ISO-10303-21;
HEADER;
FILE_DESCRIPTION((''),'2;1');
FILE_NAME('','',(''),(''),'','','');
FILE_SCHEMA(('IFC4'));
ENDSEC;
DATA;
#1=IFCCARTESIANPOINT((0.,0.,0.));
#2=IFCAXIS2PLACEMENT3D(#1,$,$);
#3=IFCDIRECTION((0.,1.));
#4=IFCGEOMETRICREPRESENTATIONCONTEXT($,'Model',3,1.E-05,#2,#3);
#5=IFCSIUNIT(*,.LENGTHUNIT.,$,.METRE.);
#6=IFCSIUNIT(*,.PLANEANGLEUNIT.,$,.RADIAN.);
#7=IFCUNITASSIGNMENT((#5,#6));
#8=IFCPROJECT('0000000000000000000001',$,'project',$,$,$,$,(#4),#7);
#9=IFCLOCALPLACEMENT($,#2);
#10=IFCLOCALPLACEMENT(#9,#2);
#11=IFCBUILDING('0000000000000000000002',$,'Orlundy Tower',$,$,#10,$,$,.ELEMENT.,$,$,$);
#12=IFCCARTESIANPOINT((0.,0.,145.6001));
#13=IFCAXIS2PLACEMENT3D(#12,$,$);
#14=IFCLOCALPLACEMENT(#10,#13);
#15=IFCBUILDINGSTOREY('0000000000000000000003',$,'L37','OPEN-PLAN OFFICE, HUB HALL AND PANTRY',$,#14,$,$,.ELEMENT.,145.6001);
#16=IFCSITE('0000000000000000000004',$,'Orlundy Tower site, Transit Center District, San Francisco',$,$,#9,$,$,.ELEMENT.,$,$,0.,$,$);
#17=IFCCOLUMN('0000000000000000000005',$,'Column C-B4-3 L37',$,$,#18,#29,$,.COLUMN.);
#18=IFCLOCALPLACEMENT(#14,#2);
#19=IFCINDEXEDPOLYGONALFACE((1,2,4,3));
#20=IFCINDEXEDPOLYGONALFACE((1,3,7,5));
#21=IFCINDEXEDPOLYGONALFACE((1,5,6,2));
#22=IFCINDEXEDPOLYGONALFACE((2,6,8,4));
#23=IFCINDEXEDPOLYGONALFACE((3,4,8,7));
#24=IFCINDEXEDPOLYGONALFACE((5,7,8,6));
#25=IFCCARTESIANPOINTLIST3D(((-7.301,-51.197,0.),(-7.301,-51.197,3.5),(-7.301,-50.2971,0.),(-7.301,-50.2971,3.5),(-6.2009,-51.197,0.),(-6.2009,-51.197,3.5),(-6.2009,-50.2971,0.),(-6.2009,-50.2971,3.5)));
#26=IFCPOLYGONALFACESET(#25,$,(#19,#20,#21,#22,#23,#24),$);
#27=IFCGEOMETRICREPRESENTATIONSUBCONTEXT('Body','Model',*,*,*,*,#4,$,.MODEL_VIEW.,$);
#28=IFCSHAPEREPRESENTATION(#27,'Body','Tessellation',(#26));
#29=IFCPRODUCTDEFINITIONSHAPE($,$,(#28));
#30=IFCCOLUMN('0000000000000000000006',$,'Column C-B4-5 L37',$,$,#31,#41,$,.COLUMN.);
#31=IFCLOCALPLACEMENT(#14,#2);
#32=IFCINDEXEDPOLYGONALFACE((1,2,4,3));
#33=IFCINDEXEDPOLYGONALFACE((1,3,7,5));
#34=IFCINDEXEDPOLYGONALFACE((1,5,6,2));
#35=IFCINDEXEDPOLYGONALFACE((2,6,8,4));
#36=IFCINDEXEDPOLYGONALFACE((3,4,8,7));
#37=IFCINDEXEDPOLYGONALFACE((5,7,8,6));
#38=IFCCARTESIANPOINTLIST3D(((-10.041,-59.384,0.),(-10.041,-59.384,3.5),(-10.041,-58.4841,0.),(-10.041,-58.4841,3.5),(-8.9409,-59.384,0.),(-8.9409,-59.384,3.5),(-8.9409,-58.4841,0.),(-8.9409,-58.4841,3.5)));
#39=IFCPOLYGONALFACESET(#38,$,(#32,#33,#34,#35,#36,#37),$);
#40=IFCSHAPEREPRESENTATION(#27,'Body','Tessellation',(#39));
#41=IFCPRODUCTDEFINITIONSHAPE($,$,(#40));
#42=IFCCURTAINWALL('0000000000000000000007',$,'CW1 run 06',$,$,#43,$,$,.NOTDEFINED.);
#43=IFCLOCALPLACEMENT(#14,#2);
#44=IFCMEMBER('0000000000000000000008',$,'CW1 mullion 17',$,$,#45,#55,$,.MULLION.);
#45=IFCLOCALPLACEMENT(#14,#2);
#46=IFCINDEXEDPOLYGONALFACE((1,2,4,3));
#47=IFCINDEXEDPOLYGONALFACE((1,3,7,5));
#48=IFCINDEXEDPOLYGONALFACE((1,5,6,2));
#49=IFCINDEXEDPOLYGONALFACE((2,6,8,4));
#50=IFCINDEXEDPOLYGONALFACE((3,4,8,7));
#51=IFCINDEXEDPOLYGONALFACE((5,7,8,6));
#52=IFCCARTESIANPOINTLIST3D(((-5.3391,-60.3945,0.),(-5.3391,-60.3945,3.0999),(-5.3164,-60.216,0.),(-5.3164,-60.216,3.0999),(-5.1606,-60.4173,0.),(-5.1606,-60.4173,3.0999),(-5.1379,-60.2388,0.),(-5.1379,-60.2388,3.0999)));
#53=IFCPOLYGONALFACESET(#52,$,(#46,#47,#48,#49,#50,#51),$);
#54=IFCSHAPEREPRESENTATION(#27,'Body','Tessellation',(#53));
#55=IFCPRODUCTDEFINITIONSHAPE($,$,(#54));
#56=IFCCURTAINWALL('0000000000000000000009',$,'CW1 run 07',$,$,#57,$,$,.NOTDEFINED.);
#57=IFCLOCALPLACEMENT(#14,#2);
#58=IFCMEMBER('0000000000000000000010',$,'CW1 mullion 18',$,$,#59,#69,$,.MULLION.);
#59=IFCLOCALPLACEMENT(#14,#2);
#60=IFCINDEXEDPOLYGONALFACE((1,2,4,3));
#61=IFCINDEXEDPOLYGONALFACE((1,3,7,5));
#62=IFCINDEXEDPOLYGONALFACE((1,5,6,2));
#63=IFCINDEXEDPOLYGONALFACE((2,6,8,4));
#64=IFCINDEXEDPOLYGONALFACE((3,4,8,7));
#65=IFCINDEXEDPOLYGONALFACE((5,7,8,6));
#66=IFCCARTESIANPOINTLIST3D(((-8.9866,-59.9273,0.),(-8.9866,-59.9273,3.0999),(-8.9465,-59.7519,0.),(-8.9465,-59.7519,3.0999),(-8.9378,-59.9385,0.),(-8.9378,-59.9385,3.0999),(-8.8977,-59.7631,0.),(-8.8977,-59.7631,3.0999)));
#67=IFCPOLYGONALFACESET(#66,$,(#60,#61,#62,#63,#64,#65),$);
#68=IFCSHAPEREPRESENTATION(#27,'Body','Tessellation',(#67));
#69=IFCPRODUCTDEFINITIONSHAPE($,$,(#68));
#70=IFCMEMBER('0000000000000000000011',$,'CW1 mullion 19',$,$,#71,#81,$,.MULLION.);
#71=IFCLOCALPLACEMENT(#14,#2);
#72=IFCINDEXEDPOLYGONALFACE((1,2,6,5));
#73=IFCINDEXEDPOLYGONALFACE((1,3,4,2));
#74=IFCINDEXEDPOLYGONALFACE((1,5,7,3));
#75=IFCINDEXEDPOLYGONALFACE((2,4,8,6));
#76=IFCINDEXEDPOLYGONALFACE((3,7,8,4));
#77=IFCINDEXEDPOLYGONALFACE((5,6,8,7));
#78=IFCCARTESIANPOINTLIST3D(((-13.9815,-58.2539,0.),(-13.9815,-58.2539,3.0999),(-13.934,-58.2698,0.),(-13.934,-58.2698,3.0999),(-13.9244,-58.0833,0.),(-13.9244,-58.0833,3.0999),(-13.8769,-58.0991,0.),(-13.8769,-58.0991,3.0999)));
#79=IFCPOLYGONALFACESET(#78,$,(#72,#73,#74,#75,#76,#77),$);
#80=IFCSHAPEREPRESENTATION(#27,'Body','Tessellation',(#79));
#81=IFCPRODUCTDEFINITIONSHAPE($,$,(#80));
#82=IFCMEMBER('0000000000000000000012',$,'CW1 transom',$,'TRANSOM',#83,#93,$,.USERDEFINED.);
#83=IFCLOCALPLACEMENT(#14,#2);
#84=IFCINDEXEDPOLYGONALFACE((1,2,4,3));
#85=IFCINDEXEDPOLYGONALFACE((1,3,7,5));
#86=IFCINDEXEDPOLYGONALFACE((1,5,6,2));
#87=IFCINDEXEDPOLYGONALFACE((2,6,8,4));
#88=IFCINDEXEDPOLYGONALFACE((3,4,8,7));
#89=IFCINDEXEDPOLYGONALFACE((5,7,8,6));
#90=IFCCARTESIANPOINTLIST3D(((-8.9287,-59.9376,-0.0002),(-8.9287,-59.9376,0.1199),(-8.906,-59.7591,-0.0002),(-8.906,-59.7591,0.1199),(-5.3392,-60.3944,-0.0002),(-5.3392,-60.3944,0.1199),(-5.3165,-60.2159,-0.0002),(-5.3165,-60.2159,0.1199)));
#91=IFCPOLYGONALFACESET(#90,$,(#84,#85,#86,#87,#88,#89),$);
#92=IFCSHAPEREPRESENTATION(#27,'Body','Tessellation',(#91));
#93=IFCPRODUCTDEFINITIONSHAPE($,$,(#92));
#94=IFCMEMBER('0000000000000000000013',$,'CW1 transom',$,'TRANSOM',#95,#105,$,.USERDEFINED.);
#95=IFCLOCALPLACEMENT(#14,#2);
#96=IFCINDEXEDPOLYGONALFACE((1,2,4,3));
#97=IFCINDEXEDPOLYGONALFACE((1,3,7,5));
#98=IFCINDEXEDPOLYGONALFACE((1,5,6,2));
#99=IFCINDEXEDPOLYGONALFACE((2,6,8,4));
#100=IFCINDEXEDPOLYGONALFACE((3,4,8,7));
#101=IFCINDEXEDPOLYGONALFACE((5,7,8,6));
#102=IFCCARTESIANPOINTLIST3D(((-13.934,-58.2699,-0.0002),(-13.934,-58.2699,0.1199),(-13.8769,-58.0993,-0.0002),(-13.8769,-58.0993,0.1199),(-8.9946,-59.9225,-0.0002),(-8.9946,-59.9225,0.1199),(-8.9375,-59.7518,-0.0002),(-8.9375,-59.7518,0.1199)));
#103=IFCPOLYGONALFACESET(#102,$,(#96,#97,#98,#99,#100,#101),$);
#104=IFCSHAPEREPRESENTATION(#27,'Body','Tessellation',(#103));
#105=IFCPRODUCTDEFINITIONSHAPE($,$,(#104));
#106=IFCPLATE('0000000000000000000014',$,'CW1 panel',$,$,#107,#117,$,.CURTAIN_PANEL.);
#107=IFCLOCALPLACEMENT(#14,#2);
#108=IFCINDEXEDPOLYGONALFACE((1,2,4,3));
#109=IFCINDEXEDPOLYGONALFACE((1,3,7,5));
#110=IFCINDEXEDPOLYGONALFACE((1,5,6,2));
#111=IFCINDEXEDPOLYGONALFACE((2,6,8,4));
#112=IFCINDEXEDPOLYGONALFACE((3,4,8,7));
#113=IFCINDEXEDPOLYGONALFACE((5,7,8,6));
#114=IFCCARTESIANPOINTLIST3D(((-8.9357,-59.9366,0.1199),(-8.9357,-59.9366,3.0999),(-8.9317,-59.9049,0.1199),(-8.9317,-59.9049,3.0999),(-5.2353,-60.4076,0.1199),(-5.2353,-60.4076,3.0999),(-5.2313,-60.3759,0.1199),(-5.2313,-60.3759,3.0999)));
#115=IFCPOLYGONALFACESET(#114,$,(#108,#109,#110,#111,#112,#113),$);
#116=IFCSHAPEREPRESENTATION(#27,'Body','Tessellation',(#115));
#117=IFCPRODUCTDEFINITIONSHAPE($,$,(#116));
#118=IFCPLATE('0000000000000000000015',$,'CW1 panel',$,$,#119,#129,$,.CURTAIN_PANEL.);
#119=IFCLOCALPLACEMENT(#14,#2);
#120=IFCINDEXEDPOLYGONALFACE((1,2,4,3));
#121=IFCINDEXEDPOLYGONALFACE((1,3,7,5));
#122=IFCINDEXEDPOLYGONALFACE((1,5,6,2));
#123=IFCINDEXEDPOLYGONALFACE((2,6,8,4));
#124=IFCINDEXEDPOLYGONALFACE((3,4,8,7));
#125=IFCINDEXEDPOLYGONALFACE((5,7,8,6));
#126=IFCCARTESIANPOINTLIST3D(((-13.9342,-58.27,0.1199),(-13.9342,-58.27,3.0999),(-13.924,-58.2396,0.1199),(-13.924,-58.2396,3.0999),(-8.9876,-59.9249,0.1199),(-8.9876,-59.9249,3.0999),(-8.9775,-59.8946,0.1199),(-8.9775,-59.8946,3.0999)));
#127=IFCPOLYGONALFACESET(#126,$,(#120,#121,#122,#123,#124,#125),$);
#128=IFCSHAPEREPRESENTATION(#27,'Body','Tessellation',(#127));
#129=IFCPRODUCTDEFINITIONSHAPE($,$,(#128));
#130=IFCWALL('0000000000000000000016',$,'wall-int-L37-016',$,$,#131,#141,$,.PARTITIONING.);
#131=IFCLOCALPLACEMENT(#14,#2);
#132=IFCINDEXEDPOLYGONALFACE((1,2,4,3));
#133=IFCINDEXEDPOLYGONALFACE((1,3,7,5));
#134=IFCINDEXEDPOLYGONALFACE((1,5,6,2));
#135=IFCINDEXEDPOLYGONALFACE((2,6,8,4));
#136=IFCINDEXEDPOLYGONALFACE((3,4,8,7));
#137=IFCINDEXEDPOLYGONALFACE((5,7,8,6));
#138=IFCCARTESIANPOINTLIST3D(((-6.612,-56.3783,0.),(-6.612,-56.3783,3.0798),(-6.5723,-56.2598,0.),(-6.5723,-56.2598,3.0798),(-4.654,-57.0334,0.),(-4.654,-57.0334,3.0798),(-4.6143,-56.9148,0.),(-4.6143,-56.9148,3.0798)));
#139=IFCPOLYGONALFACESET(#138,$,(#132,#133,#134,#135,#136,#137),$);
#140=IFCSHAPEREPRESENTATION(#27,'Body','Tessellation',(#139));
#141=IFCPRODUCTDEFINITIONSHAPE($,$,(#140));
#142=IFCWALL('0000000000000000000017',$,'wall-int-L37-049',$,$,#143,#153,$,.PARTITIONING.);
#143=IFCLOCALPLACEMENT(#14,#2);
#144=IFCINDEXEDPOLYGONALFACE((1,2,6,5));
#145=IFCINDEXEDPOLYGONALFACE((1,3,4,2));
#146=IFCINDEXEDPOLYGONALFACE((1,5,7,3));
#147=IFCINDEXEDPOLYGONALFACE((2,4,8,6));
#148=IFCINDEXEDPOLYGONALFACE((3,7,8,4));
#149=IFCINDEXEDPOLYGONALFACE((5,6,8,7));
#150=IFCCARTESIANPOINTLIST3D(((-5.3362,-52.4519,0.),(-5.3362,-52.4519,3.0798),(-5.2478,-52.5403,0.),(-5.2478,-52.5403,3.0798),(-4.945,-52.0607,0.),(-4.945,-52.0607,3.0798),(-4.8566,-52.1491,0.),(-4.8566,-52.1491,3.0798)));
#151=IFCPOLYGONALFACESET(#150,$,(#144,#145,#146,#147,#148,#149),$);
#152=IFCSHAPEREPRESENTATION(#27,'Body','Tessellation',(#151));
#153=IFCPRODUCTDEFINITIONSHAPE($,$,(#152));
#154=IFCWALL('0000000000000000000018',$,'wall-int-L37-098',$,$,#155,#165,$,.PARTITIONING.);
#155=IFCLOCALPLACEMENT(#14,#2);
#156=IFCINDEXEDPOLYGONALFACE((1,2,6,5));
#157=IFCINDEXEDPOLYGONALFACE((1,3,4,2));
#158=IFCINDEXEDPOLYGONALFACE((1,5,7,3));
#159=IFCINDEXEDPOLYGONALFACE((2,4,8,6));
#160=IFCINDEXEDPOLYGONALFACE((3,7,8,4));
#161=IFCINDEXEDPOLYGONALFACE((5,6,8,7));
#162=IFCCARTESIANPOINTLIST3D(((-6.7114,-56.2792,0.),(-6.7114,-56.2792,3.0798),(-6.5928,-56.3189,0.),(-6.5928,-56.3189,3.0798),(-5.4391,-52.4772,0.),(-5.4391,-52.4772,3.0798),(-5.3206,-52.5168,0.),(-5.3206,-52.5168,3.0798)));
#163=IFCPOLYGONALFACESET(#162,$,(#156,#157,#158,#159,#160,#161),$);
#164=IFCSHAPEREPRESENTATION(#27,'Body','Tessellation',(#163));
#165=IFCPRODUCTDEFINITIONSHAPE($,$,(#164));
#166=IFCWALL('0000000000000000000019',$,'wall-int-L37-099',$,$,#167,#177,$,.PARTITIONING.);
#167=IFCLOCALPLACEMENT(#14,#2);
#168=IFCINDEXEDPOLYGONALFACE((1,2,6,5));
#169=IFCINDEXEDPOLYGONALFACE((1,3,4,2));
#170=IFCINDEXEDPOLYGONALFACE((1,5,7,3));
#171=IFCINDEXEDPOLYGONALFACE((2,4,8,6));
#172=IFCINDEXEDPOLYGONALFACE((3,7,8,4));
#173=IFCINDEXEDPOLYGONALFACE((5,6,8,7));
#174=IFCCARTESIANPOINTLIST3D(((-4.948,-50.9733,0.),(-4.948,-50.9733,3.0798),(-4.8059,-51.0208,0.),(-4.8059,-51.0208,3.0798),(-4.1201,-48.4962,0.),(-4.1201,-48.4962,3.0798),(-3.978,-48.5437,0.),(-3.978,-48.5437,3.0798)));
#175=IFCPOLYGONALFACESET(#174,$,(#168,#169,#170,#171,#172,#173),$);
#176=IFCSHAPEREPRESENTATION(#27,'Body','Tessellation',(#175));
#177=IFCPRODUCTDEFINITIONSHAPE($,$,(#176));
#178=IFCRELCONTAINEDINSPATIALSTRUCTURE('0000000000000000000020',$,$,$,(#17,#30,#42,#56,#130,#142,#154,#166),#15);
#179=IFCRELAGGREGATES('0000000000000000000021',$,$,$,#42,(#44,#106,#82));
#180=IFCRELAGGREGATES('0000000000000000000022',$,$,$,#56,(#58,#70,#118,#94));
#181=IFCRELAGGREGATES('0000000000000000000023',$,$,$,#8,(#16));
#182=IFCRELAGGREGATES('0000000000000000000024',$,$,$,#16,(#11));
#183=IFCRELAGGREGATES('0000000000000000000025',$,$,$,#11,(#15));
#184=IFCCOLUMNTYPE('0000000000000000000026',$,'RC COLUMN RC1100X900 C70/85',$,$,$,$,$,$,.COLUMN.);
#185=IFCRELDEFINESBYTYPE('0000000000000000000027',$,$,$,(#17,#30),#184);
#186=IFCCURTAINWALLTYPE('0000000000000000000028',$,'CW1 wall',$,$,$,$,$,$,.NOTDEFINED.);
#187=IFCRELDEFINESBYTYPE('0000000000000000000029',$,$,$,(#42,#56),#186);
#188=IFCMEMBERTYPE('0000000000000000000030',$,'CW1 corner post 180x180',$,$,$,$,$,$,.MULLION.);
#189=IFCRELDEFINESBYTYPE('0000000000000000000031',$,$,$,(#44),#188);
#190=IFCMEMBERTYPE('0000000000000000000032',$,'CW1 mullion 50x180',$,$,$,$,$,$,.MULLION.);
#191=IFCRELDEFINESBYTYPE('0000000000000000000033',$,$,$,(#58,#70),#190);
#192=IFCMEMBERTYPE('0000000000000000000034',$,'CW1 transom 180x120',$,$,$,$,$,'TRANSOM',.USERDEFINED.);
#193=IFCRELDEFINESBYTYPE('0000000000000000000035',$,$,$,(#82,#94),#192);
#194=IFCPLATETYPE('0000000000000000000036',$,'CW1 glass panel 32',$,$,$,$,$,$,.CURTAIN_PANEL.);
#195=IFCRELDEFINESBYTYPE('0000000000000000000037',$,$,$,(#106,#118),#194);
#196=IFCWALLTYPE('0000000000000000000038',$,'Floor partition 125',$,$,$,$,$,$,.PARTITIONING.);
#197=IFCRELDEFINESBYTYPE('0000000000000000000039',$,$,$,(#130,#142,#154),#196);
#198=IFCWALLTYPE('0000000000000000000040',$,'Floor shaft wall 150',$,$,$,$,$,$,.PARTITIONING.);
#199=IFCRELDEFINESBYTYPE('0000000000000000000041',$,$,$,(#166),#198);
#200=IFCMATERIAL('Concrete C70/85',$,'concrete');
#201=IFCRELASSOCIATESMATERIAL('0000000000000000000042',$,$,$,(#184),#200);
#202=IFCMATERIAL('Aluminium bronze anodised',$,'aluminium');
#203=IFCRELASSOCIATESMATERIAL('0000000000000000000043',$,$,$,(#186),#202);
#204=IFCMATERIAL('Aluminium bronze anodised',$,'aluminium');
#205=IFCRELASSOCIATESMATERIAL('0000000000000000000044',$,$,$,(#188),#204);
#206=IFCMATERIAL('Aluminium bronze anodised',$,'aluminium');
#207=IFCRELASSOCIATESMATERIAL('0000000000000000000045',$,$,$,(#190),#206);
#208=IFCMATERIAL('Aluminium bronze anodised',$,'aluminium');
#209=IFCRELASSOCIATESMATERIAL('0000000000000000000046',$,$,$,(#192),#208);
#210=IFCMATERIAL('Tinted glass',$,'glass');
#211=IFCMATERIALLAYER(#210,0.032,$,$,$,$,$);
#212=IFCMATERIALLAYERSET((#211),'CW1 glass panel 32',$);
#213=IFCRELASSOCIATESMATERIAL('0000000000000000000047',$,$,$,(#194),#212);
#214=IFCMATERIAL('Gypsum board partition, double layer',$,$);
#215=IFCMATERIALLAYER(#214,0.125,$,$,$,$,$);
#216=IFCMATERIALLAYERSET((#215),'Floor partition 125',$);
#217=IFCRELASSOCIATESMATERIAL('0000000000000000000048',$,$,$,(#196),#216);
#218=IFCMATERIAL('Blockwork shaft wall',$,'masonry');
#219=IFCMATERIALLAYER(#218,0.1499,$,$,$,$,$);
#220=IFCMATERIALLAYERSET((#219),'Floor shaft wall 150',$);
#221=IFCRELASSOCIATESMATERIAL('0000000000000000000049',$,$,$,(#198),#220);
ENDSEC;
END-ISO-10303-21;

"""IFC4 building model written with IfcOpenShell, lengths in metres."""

from ifc_helpers import new_model, si_unit, direction, frame, frame_2d, origin, origin_2d, place, context, subcontext, project, spatial, rectangle, extrude, material, layer, layer_set, material_profile, profile_set, type_object, element, aggregate, save


model = new_model("IFC4")

# Units and contexts
model_context = context("Model", 3, precision=1e-05, world=origin(), true_north=direction((0.0, 1.0)))
body_context = subcontext(model_context, "Body", "Model", "MODEL_VIEW")
ifc_project = project(units=[si_unit("LENGTHUNIT", "METRE"), si_unit("PLANEANGLEUNIT", "RADIAN")], contexts=[model_context])

# Site, building, storey
site_placement = place(None, origin())
site = spatial("IfcSite", under=ifc_project, at=site_placement, Name="Orlundy Tower site, Transit Center District, San Francisco", CompositionType="ELEMENT", RefElevation=0.0)
building_placement = place(site_placement, origin())
building = spatial("IfcBuilding", under=site, at=building_placement, Name="Orlundy Tower", CompositionType="ELEMENT")
storey_placement = place(building_placement, frame((0.0, 0.0, 145.6001)))
storey = spatial("IfcBuildingStorey", under=building, at=storey_placement, Name="L37", Description="OPEN-PLAN OFFICE, HUB HALL AND PANTRY", CompositionType="ELEMENT", Elevation=145.6001)

# Columns
ifc_material_1 = material(Name="Concrete C70/85", Category="concrete")
ifc_material_profile_1 = material_profile(ifc_material_1, rectangle(XDim=1.1001, YDim=0.8999, at=origin_2d()), Name="RC1100X900")
ifc_profile_set_1 = profile_set([ifc_material_profile_1], Name="Concrete C70/85")
column_type = type_object("IfcColumnType", Name="RC COLUMN RC1100X900 C70/85", PredefinedType="COLUMN", material=ifc_profile_set_1)
for number, where, z_axis, x_axis, name in (
    (1, (-6.751, -50.7471, 0.0), (0.0, 0.0, 1.0), (1.0, 0.0, 0.0), "Column C-B4-3 L37"),
    (2, (-9.491, -58.9341, 0.0), (0.0, 0.0, 1.0), (1.0, 0.0, 0.0), "Column C-B4-5 L37"),
):
    element("IfcColumn", number, at=place(storey_placement, frame(where, z_axis=z_axis, x_axis=x_axis)), inside=storey, type_object=column_type, Name=name, PredefinedType="COLUMN", context=body_context, shape_type="SweptSolid", body=[
        extrude(rectangle(XDim=1.1001, YDim=0.8999, at=origin_2d()), origin(), (0.0, 0.0, 1.0), 3.5),
    ])

# Curtain wall, member
ifc_material_2 = material(Name="Aluminium bronze anodised", Category="aluminium")
curtain_wall_type = type_object("IfcCurtainWallType", Name="CW1 wall", PredefinedType="NOTDEFINED", material=ifc_material_2)
curtain_wall_1_placement = place(storey_placement, origin())
curtain_wall_1 = element("IfcCurtainWall", 3, at=curtain_wall_1_placement, inside=storey, type_object=curtain_wall_type, Name="CW1 run 06", PredefinedType="NOTDEFINED")
ifc_material_3 = material(Name="Aluminium bronze anodised", Category="aluminium")
ifc_material_profile_2 = material_profile(ifc_material_3, rectangle(XDim=0.1799, YDim=0.1799, at=origin_2d()), Name="CW1 corner post 180x180")
ifc_profile_set_2 = profile_set([ifc_material_profile_2], Name="Aluminium bronze anodised")
member_type_1 = type_object("IfcMemberType", Name="CW1 corner post 180x180", PredefinedType="MULLION", material=ifc_profile_set_2)
member_1_placement = place(storey_placement, frame((-5.2385, -60.3167, 0.0), z_axis=(0.0, 0.0, 1.0), x_axis=(-0.126259, -0.991997, 0.0)))
member_1 = element("IfcMember", 4, at=member_1_placement, type_object=member_type_1, Name="CW1 mullion 17", PredefinedType="MULLION", context=body_context, shape_type="SweptSolid", body=[
    extrude(rectangle(XDim=0.1799, YDim=0.1799, at=origin_2d()), origin(), (0.0, 0.0, 1.0), 3.0999),
])

# Curtain wall, members
curtain_wall_2_placement = place(storey_placement, origin())
curtain_wall_2 = element("IfcCurtainWall", 5, at=curtain_wall_2_placement, inside=storey, type_object=curtain_wall_type, Name="CW1 run 07", PredefinedType="NOTDEFINED")
ifc_material_4 = material(Name="Aluminium bronze anodised", Category="aluminium")
ifc_material_profile_3 = material_profile(ifc_material_4, rectangle(XDim=0.1799, YDim=0.05, at=origin_2d()), Name="CW1 mullion 50x180")
ifc_profile_set_3 = profile_set([ifc_material_profile_3], Name="Aluminium bronze anodised")
member_type_2 = type_object("IfcMemberType", Name="CW1 mullion 50x180", PredefinedType="MULLION", material=ifc_profile_set_3)
member_2_placement = place(storey_placement, frame((-8.9421, -59.8452, 0.0), z_axis=(0.0, 0.0, 1.0), x_axis=(-0.222844, -0.974854, 0.0)))
member_2 = element("IfcMember", 6, at=member_2_placement, type_object=member_type_2, Name="CW1 mullion 18", PredefinedType="MULLION", context=body_context, shape_type="SweptSolid", body=[
    extrude(rectangle(XDim=0.1799, YDim=0.05, at=origin_2d()), origin(), (0.0, 0.0, 1.0), 3.0999),
])
member_3_placement = place(storey_placement, frame((-13.9292, -58.1765, 0.0), z_axis=(0.0, 0.0, 1.0), x_axis=(-0.317285, -0.94833, 0.0)))
member_3 = element("IfcMember", 7, at=member_3_placement, type_object=member_type_2, Name="CW1 mullion 19", PredefinedType="MULLION", context=body_context, shape_type="SweptSolid", body=[
    extrude(rectangle(XDim=0.1799, YDim=0.05, at=origin_2d()), origin(), (0.0, 0.0, 1.0), 3.0999),
])

# Members
ifc_material_5 = material(Name="Aluminium bronze anodised", Category="aluminium")
ifc_material_profile_4 = material_profile(ifc_material_5, rectangle(XDim=0.1799, YDim=0.1201, at=origin_2d()), Name="CW1 transom 180x120")
ifc_profile_set_4 = profile_set([ifc_material_profile_4], Name="Aluminium bronze anodised")
member_type_3 = type_object("IfcMemberType", Name="CW1 transom 180x120", ElementType="TRANSOM", PredefinedType="USERDEFINED", material=ifc_profile_set_4)
member_4_placement = place(storey_placement, frame((-5.3279, -60.3052, 0.0598), z_axis=(-0.991999, 0.126243, 0.0), x_axis=(-0.126243, -0.991999, 0.0)))
member_4 = element("IfcMember", 8, at=member_4_placement, type_object=member_type_3, Name="CW1 transom", ObjectType="TRANSOM", PredefinedType="USERDEFINED", context=body_context, shape_type="SweptSolid", body=[
    extrude(rectangle(XDim=0.1799, YDim=0.1201, at=origin_2d()), origin(), (0.0, 0.0, 1.0), 3.6184),
])
member_5_placement = place(storey_placement, frame((-8.9661, -59.8372, 0.0598), z_axis=(-0.948331, 0.317282, 0.0), x_axis=(-0.317282, -0.948331, 0.0)))
member_5 = element("IfcMember", 9, at=member_5_placement, type_object=member_type_3, Name="CW1 transom", ObjectType="TRANSOM", PredefinedType="USERDEFINED", context=body_context, shape_type="SweptSolid", body=[
    extrude(rectangle(XDim=0.1799, YDim=0.1201, at=origin_2d()), origin(), (0.0, 0.0, 1.0), 5.2085),
])

# Plates
ifc_material_6 = material(Name="Tinted glass", Category="glass")
ifc_layer_1 = layer(ifc_material_6, 0.032)
ifc_layer_set_1 = layer_set([ifc_layer_1], Name="CW1 glass panel 32")
plate_type = type_object("IfcPlateType", Name="CW1 glass panel 32", PredefinedType="CURTAIN_PANEL", material=ifc_layer_set_1)
plate_1_placement = place(storey_placement, frame((-7.0835, -60.1562, 0.1199), z_axis=(0.0, 0.0, 1.0), x_axis=(-0.991997, 0.126259, 0.0)))
plate_1 = element("IfcPlate", 10, at=plate_1_placement, type_object=plate_type, Name="CW1 panel", PredefinedType="CURTAIN_PANEL", context=body_context, shape_type="SweptSolid", body=[
    extrude(rectangle(XDim=3.7302, YDim=0.032, at=origin_2d()), origin(), (0.0, 0.0, 1.0), 2.98),
])
aggregate(curtain_wall_1, [member_1, plate_1, member_4])
plate_2_placement = place(storey_placement, frame((-11.4558, -59.0823, 0.1199), z_axis=(0.0, 0.0, 1.0), x_axis=(-0.94833, 0.317285, 0.0)))
plate_2 = element("IfcPlate", 11, at=plate_2_placement, type_object=plate_type, Name="CW1 panel", PredefinedType="CURTAIN_PANEL", context=body_context, shape_type="SweptSolid", body=[
    extrude(rectangle(XDim=5.2161, YDim=0.032, at=origin_2d()), origin(), (0.0, 0.0, 1.0), 2.98),
])
aggregate(curtain_wall_2, [member_2, member_3, plate_2, member_5])

# Walls
ifc_material_7 = material(Name="Gypsum board partition, double layer")
ifc_layer_2 = layer(ifc_material_7, 0.125)
ifc_layer_set_2 = layer_set([ifc_layer_2], Name="Floor partition 125")
wall_type_1 = type_object("IfcWallType", Name="Floor partition 125", PredefinedType="PARTITIONING", material=ifc_layer_set_2)
wall_1_placement = place(storey_placement, frame((-6.592, -56.3191, 0.0), z_axis=(0.0, 0.0, 1.0), x_axis=(0.94834, -0.317256, 0.0)))
element("IfcWall", 12, at=wall_1_placement, inside=storey, type_object=wall_type_1, Name="wall-int-L37-016", PredefinedType="PARTITIONING", context=body_context, shape_type="SweptSolid", body=[
    extrude(rectangle(XDim=2.0647, YDim=0.125, at=frame_2d((1.0322, 0.0))), origin(), (0.0, 0.0, 1.0), 3.0798),
])
wall_2_placement = place(storey_placement, frame((-5.292, -52.4961, 0.0), z_axis=(0.0, 0.0, 1.0), x_axis=(0.707107, 0.707107, 0.0)))
element("IfcWall", 13, at=wall_2_placement, inside=storey, type_object=wall_type_1, Name="wall-int-L37-049", PredefinedType="PARTITIONING", context=body_context, shape_type="SweptSolid", body=[
    extrude(rectangle(XDim=0.5532, YDim=0.125, at=frame_2d((0.2766, 0.0))), origin(), (0.0, 0.0, 1.0), 3.0798),
])
wall_3_placement = place(storey_placement, frame((-6.6521, -56.2991, 0.0), z_axis=(0.0, 0.0, 1.0), x_axis=(0.317324, 0.948317, 0.0)))
element("IfcWall", 14, at=wall_3_placement, inside=storey, type_object=wall_type_1, Name="wall-int-L37-098", PredefinedType="PARTITIONING", context=body_context, shape_type="SweptSolid", body=[
    extrude(rectangle(XDim=4.0093, YDim=0.125, at=frame_2d((2.0046, 0.0))), origin(), (0.0, 0.0, 1.0), 3.0798),
])
ifc_material_8 = material(Name="Blockwork shaft wall", Category="masonry")
ifc_layer_3 = layer(ifc_material_8, 0.1499)
ifc_layer_set_3 = layer_set([ifc_layer_3], Name="Floor shaft wall 150")
wall_type_2 = type_object("IfcWallType", Name="Floor shaft wall 150", PredefinedType="PARTITIONING", material=ifc_layer_set_3)
wall_4_placement = place(storey_placement, frame((-4.877, -50.9971, 0.0), z_axis=(0.0, 0.0, 1.0), x_axis=(0.316985, 0.948431, 0.0)))
element("IfcWall", 15, at=wall_4_placement, inside=storey, type_object=wall_type_2, Name="wall-int-L37-099", PredefinedType="PARTITIONING", context=body_context, shape_type="SweptSolid", body=[
    extrude(rectangle(XDim=2.6118, YDim=0.1499, at=frame_2d((1.3059, 0.0))), origin(), (0.0, 0.0, 1.0), 3.0798),
])

save(model, "model.ifc")
